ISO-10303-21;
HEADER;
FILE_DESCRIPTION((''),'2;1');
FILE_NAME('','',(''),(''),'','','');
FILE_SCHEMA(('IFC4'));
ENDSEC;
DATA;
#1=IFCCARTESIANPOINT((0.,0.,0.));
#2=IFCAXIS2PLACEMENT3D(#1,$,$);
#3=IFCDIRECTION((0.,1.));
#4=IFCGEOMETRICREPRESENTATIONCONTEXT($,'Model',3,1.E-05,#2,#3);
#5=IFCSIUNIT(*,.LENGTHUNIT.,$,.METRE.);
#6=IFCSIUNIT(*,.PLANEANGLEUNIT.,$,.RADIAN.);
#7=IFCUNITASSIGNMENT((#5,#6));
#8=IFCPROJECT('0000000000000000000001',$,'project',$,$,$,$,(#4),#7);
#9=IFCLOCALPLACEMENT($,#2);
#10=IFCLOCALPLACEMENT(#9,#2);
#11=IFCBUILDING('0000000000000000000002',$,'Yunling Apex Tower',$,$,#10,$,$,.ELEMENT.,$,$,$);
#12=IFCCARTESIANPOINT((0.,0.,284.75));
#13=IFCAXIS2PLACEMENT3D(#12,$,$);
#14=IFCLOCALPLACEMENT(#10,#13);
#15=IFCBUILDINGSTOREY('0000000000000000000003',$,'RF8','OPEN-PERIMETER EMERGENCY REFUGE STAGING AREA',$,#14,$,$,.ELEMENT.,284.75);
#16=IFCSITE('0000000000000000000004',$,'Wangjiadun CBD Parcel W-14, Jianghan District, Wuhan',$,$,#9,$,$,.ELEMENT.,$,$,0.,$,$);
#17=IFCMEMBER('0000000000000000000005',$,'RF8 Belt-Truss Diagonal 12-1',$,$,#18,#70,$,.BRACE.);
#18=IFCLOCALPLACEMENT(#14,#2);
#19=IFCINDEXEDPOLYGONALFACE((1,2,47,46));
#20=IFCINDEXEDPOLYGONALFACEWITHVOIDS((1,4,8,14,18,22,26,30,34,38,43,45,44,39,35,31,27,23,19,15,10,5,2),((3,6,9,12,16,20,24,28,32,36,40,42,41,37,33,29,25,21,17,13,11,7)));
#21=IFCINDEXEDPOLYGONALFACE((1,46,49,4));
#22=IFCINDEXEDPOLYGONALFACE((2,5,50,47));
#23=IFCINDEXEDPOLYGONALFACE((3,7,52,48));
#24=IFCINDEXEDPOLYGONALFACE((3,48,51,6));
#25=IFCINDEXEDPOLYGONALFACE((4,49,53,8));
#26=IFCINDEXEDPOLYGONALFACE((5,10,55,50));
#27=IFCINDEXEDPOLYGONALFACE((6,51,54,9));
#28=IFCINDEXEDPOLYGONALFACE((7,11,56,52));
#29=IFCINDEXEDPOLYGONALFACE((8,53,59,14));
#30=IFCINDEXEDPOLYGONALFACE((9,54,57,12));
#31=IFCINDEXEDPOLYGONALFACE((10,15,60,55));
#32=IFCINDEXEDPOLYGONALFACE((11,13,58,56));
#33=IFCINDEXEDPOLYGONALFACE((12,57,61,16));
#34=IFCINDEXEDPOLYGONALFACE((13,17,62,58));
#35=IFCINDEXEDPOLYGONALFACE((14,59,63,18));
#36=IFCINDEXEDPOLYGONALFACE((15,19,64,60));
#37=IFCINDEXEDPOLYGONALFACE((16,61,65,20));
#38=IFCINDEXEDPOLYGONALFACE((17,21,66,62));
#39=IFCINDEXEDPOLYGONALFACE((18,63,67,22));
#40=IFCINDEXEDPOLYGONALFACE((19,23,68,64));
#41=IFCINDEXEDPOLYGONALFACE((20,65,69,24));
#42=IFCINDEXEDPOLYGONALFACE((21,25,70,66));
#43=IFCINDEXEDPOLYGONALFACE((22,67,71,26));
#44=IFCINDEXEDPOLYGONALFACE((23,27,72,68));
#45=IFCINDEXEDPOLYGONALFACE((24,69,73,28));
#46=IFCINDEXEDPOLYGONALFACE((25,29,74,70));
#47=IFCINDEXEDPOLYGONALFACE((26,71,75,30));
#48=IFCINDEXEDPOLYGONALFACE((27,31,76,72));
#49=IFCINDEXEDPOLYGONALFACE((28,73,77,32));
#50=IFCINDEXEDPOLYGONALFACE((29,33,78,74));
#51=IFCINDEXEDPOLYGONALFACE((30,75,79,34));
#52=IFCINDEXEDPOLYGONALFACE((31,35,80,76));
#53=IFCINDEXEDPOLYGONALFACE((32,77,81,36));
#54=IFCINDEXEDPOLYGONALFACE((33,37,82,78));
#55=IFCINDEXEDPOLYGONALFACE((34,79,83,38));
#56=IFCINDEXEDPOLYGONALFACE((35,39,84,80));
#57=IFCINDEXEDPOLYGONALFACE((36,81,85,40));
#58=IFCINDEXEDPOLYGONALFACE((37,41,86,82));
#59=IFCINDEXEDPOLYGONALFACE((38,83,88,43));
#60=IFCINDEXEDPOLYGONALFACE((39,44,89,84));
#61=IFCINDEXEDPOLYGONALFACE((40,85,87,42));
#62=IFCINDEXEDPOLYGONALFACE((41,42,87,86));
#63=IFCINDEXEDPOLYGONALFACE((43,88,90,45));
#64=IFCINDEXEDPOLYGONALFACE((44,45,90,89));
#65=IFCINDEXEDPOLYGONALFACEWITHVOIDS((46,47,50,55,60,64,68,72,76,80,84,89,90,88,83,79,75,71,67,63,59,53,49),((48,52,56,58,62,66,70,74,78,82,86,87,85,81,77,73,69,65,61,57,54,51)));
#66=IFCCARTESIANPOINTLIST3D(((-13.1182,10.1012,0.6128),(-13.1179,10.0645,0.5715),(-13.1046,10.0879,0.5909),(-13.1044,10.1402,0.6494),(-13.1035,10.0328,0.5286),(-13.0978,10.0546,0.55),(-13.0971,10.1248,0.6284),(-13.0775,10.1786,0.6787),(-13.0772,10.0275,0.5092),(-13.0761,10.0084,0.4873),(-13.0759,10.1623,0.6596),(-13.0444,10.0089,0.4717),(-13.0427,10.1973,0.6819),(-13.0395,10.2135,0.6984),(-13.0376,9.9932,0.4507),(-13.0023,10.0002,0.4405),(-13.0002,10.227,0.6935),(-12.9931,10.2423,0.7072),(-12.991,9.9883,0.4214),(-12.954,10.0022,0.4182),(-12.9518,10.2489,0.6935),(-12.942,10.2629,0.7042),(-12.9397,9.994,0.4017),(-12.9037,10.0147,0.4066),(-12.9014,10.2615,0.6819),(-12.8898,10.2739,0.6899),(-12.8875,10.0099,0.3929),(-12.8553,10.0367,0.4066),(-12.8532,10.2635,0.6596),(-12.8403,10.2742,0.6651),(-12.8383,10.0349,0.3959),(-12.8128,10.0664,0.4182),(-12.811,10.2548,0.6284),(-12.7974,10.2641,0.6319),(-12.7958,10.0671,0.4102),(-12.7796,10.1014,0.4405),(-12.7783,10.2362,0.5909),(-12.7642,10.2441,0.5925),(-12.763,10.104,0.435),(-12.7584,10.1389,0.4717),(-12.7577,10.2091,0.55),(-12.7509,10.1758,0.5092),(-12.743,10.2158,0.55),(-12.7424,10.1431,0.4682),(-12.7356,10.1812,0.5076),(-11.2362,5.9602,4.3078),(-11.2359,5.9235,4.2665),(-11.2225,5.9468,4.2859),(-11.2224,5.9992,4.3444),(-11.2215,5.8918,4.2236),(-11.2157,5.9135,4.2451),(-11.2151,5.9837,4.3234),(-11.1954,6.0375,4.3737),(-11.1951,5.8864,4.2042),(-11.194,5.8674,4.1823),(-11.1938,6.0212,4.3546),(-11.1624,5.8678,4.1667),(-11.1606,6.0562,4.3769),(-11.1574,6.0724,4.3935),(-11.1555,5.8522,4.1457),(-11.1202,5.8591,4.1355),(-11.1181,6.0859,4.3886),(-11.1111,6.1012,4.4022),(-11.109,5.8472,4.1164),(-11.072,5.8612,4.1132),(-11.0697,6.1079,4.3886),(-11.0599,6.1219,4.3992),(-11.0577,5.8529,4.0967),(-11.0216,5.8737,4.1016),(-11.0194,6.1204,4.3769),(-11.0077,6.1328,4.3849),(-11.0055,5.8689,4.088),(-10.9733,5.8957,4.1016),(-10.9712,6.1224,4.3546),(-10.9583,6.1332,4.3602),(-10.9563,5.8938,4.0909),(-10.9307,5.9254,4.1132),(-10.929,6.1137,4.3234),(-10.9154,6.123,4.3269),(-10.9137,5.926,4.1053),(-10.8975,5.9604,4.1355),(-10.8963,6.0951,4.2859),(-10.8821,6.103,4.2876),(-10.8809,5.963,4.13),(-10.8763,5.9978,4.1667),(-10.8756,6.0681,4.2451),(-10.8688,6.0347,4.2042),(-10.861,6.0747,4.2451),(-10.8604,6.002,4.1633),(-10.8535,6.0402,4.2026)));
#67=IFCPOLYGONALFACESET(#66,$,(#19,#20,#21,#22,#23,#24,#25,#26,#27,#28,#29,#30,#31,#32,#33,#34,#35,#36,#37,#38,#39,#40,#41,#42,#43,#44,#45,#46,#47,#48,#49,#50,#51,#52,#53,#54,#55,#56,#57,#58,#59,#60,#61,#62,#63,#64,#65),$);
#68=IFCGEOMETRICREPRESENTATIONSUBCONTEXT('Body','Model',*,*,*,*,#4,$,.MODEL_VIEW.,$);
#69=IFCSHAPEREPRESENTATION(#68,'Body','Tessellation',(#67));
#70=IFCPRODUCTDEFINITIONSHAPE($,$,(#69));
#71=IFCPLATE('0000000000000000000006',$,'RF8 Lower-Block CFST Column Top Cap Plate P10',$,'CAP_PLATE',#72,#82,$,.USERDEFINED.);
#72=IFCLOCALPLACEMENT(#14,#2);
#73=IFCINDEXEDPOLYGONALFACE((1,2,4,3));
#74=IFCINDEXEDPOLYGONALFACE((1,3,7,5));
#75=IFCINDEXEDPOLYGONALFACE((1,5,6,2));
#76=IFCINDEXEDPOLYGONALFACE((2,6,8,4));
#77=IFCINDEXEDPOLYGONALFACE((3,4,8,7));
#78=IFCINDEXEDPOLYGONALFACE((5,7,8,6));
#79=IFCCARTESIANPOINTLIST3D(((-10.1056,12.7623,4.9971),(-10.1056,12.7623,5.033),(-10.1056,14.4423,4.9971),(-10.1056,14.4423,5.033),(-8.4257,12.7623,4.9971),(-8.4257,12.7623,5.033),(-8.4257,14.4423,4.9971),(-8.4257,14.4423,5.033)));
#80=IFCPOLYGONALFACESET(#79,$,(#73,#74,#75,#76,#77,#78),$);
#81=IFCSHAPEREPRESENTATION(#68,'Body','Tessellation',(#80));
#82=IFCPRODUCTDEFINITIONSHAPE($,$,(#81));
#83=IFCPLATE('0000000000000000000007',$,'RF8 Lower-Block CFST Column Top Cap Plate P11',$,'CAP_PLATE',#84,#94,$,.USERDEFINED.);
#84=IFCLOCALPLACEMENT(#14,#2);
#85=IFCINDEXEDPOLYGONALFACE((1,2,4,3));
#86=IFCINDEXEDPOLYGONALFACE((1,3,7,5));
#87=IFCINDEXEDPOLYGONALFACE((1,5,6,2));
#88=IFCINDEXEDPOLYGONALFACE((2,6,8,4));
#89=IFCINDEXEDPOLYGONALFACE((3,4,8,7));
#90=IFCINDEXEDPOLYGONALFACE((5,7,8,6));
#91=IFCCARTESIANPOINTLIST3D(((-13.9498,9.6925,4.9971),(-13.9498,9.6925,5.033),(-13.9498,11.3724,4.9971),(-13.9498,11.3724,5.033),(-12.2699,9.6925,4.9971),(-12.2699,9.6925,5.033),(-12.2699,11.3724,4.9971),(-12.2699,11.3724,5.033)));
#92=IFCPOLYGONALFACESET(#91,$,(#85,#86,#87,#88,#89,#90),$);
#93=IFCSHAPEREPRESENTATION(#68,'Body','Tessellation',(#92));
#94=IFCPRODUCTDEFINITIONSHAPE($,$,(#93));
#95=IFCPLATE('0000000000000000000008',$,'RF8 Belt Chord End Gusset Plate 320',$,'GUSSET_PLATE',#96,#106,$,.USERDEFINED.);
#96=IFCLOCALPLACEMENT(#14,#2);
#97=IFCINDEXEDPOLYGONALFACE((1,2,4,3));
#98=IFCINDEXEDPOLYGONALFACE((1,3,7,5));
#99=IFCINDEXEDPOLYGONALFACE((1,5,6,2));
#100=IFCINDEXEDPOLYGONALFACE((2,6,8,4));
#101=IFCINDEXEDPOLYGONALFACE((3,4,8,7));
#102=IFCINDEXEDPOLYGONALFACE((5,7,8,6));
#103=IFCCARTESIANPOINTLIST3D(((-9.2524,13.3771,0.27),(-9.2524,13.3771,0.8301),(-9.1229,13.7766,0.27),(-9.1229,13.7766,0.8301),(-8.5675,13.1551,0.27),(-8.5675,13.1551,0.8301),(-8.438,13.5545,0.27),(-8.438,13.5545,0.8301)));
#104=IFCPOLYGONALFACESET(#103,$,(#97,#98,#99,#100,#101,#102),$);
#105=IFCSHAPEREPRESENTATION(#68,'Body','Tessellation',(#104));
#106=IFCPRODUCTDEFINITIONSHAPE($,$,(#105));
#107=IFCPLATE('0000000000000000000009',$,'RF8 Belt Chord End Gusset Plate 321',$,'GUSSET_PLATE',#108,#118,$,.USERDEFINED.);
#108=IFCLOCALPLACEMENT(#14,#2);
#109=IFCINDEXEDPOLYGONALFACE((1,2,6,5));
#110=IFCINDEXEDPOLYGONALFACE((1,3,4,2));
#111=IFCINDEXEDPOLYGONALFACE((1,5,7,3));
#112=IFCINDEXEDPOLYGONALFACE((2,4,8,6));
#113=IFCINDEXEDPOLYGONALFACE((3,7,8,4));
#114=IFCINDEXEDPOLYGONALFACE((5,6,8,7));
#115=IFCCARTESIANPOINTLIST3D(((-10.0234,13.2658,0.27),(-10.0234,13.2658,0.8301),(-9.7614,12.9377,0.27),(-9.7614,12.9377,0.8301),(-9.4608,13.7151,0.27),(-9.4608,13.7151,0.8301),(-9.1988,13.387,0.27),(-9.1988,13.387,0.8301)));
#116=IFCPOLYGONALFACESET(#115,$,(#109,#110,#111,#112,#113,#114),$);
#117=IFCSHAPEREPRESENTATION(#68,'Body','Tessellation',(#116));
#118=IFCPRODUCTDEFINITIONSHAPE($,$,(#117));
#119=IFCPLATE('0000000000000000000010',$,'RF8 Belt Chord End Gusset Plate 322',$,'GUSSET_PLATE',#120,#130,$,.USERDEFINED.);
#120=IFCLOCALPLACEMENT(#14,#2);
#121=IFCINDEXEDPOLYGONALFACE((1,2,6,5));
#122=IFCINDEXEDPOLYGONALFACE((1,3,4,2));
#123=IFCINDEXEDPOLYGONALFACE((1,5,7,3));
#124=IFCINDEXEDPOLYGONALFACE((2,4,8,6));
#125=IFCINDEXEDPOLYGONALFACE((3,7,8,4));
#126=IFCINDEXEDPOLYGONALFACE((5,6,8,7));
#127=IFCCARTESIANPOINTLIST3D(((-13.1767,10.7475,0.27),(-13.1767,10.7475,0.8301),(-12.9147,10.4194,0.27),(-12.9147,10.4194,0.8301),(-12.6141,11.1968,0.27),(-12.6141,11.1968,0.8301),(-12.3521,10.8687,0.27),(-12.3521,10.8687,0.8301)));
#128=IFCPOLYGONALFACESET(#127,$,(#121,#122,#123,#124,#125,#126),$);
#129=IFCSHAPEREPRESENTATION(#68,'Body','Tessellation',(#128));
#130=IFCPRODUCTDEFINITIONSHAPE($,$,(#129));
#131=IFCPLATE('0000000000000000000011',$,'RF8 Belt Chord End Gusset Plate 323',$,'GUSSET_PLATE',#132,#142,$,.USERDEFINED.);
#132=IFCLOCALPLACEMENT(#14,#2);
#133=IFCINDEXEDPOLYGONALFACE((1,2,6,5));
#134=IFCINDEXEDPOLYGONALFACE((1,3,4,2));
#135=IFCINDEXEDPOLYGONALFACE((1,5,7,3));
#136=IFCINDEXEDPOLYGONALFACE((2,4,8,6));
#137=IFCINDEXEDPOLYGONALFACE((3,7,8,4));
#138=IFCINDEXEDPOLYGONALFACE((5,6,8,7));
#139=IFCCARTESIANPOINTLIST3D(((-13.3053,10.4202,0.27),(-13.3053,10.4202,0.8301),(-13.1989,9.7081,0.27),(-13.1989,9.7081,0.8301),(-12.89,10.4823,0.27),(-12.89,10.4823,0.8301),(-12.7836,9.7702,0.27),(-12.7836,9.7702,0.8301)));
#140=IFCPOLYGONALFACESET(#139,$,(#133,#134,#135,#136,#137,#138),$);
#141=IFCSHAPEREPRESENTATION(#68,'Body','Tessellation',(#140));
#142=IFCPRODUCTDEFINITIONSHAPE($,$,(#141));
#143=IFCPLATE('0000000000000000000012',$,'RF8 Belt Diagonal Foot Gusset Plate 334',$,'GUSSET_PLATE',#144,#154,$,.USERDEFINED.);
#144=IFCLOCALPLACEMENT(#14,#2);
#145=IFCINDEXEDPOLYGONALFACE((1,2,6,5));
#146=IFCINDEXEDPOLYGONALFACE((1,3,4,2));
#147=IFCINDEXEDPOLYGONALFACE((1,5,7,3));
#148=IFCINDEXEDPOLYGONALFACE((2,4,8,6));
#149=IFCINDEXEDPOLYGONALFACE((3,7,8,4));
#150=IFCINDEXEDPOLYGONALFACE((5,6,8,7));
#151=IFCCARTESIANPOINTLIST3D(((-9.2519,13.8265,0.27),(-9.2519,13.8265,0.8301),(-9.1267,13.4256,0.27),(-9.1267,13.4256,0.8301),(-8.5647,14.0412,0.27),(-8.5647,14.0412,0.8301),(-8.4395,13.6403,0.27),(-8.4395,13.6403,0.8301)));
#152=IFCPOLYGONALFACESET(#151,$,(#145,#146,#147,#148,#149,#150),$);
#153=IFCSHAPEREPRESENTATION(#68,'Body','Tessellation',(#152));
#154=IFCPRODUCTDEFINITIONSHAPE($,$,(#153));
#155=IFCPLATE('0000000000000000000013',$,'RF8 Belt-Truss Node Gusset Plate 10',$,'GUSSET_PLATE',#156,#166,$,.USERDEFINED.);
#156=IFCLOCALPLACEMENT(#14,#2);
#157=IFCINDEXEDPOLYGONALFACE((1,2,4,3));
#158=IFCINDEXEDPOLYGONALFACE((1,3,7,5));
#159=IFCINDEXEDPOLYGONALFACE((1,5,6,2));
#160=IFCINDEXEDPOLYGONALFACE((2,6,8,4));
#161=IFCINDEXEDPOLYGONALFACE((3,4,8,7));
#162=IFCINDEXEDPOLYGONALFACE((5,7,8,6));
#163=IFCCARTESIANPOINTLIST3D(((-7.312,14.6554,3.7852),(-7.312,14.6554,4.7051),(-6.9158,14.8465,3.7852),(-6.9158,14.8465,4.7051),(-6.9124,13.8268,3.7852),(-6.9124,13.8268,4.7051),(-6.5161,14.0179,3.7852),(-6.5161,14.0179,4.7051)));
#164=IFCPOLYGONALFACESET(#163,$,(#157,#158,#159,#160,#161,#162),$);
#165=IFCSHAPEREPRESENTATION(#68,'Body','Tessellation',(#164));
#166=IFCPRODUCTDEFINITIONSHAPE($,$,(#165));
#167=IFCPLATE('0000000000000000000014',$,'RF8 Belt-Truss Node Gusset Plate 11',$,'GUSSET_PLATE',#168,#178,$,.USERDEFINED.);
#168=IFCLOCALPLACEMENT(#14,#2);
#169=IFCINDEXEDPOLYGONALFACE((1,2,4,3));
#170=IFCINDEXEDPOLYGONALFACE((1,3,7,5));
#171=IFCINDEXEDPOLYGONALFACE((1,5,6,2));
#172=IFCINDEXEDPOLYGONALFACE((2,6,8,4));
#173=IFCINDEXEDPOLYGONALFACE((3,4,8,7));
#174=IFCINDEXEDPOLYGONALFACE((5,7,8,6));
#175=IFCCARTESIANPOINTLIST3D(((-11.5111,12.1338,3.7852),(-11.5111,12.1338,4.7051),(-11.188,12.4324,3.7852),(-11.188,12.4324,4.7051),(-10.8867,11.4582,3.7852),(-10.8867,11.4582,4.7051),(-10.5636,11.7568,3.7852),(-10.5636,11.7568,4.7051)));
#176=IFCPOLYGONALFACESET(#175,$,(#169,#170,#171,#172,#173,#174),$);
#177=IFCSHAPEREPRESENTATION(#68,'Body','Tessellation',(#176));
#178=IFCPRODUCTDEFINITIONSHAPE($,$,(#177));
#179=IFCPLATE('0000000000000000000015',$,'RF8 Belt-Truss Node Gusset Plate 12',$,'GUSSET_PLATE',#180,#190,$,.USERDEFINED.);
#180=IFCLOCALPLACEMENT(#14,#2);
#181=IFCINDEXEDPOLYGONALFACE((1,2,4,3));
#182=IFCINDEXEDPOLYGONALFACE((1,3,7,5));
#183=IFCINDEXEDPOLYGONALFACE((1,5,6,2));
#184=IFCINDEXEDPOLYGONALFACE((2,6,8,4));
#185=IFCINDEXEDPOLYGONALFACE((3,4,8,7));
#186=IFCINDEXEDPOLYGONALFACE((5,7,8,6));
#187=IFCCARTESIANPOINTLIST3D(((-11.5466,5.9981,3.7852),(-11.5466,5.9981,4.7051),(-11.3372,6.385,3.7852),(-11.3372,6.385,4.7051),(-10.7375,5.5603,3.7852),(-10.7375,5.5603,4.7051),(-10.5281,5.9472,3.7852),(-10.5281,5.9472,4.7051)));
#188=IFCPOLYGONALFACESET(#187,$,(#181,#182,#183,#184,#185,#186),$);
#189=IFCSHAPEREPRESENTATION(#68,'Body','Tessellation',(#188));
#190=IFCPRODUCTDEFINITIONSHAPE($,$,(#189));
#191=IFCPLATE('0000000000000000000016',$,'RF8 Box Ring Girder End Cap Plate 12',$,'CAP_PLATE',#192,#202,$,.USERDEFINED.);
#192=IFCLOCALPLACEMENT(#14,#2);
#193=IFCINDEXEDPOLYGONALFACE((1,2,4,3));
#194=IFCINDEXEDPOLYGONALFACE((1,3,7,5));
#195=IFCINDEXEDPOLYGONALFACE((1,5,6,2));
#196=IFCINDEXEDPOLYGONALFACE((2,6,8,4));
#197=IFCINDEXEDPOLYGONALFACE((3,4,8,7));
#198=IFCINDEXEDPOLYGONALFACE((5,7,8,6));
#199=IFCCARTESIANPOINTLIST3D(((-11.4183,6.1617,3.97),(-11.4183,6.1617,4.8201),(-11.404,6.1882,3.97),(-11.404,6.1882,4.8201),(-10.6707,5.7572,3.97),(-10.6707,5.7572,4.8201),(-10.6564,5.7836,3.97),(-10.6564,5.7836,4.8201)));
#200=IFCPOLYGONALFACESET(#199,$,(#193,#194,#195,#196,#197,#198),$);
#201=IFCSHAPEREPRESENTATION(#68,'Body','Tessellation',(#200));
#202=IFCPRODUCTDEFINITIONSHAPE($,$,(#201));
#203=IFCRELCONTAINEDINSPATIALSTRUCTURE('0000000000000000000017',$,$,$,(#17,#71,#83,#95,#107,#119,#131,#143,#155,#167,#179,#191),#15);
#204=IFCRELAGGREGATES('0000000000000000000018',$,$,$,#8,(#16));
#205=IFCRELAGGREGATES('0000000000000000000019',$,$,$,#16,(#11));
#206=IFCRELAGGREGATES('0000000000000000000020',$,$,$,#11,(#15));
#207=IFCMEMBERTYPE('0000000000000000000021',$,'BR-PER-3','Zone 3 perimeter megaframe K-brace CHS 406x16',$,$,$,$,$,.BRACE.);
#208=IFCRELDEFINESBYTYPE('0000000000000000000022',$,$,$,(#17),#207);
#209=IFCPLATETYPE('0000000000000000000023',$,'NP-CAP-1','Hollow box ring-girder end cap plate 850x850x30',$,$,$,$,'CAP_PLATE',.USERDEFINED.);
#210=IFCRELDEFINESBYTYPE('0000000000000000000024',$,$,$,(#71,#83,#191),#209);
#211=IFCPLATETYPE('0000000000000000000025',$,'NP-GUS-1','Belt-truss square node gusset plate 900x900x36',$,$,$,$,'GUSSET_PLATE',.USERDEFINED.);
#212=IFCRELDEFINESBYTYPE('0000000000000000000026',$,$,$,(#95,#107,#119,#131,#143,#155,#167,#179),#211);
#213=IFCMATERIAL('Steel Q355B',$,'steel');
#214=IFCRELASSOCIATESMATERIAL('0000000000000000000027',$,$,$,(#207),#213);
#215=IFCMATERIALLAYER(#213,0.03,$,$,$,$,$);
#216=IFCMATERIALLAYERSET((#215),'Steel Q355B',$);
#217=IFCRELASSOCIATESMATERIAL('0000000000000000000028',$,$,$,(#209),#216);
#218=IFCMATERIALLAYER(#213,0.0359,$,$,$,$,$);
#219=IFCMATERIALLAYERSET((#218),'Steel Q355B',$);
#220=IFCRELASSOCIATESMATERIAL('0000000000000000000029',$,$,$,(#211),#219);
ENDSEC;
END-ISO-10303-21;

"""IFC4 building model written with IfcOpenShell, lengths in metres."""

from ifc_helpers import new_model, si_unit, direction, frame, origin, origin_2d, place, context, subcontext, project, spatial, rectangle, hollow_circle, extrude, source, transform, mapped, material, layer, layer_set, material_profile, profile_set, type_object, element, save


model = new_model("IFC4")

# Units and contexts
model_context = context("Model", 3, precision=1e-05, world=origin(), true_north=direction((0.0, 1.0)))
body_context = subcontext(model_context, "Body", "Model", "MODEL_VIEW")
ifc_project = project(units=[si_unit("LENGTHUNIT", "METRE"), si_unit("PLANEANGLEUNIT", "RADIAN")], contexts=[model_context])

# Site, building, storey
site_placement = place(None, origin())
site = spatial("IfcSite", under=ifc_project, at=site_placement, Name="Wangjiadun CBD Parcel W-14, Jianghan District, Wuhan", CompositionType="ELEMENT", RefElevation=0.0)
building_placement = place(site_placement, origin())
building = spatial("IfcBuilding", under=site, at=building_placement, Name="Yunling Apex Tower", CompositionType="ELEMENT")
storey_placement = place(building_placement, frame((0.0, 0.0, 284.75)))
storey = spatial("IfcBuildingStorey", under=building, at=storey_placement, Name="RF8", Description="OPEN-PERIMETER EMERGENCY REFUGE STAGING AREA", CompositionType="ELEMENT", Elevation=284.75)

# Shared definitions
ifc_material_1 = material(Name="Steel Q355B", Category="steel")

# Member
ifc_material_profile_1 = material_profile(ifc_material_1, hollow_circle(Radius=0.2029, WallThickness=0.0161, at=origin_2d()))
ifc_profile_set_1 = profile_set([ifc_material_profile_1], Name="Steel Q355B")
member_type_1 = type_object("IfcMemberType", Name="BR-PER-3", Description="Zone 3 perimeter megaframe K-brace CHS 406x16", PredefinedType="BRACE", material=ifc_profile_set_1)
shared_shape_1 = source(origin(), body_context, "Body", "SweptSolid", [
    extrude(hollow_circle(Radius=0.2029, WallThickness=0.0161, at=origin_2d()), origin(), (0.0, 0.0, 1.0), 5.8604),
])
member_1_placement = place(storey_placement, frame((-12.9277, 10.1318, 0.55), z_axis=(0.321151, -0.706623, 0.630512), x_axis=(0.910387, 0.413758, 0.0)))
element("IfcMember", 1, at=member_1_placement, inside=storey, type_object=member_type_1, Name="RF8 Belt-Truss Diagonal 12-1", PredefinedType="BRACE", context=body_context, shape_type="MappedRepresentation", body=[
    mapped(shared_shape_1, transform((0.0, 0.0, 0.0), scale=1.0)),
])

# Plates
ifc_layer_1 = layer(ifc_material_1, 0.03)
ifc_layer_set_1 = layer_set([ifc_layer_1], Name="Steel Q355B")
plate_type_1 = type_object("IfcPlateType", Name="NP-CAP-1", Description="Hollow box ring-girder end cap plate 850x850x30", ElementType="CAP_PLATE", PredefinedType="USERDEFINED", material=ifc_layer_set_1)
shared_shape_2 = source(origin(), body_context, "Body", "SweptSolid", [
    extrude(rectangle(XDim=1.6799, YDim=1.6799, at=origin_2d()), origin(), (0.0, 0.0, 1.0), 0.0359),
])
for number, where, z_axis, x_axis, name in (
    (2, (-9.2656, 13.6023, 4.9971), (0.0, 0.0, 1.0), (1.0, 0.0, 0.0), "RF8 Lower-Block CFST Column Top Cap Plate P10"),
    (3, (-13.1099, 10.5325, 4.9971), (0.0, 0.0, 1.0), (1.0, 0.0, 0.0), "RF8 Lower-Block CFST Column Top Cap Plate P11"),
):
    element("IfcPlate", number, at=place(storey_placement, frame(where, z_axis=z_axis, x_axis=x_axis)), inside=storey, type_object=plate_type_1, Name=name, ObjectType="CAP_PLATE", PredefinedType="USERDEFINED", context=body_context, shape_type="MappedRepresentation", body=[
        mapped(shared_shape_2, transform((0.0, 0.0, 0.0), scale=1.0)),
    ])
ifc_layer_2 = layer(ifc_material_1, 0.0359)
ifc_layer_set_2 = layer_set([ifc_layer_2], Name="Steel Q355B")
plate_type_2 = type_object("IfcPlateType", Name="NP-GUS-1", Description="Belt-truss square node gusset plate 900x900x36", ElementType="GUSSET_PLATE", PredefinedType="USERDEFINED", material=ifc_layer_set_2)
shared_shape_3 = source(origin(), body_context, "Body", "SweptSolid", [
    extrude(rectangle(XDim=0.72, YDim=0.4199, at=origin_2d()), origin(), (0.0, 0.0, 1.0), 0.5601),
])
for number, where, z_axis, x_axis, name in (
    (4, (-8.8452, 13.4658, 0.27), (0.0, 0.0, 1.0), (-0.951272, 0.308353, 0.0), "RF8 Belt Chord End Gusset Plate 320"),
    (5, (-9.6111, 13.3264, 0.27), (0.0, 0.0, 1.0), (-0.781412, -0.624016, 0.0), "RF8 Belt Chord End Gusset Plate 321"),
    (6, (-12.7644, 10.8081, 0.27), (0.0, 0.0, 1.0), (-0.781412, -0.624016, 0.0), "RF8 Belt Chord End Gusset Plate 322"),
    (7, (-13.0444, 10.0952, 0.27), (0.0, 0.0, 1.0), (0.147809, -0.989016, 0.0), "RF8 Belt Chord End Gusset Plate 323"),
    (8, (-8.8457, 13.7334, 0.27), (0.0, 0.0, 1.0), (0.954501, 0.298208, 0.0), "RF8 Belt Diagonal Foot Gusset Plate 334"),
):
    element("IfcPlate", number, at=place(storey_placement, frame(where, z_axis=z_axis, x_axis=x_axis)), inside=storey, type_object=plate_type_2, Name=name, ObjectType="GUSSET_PLATE", PredefinedType="USERDEFINED", context=body_context, shape_type="MappedRepresentation", body=[
        mapped(shared_shape_3, transform((0.0, 0.0, 0.0), scale=1.0)),
    ])
shared_shape_4 = source(origin(), body_context, "Body", "SweptSolid", [
    extrude(rectangle(XDim=0.9199, YDim=0.4399, at=origin_2d()), origin(), (0.0, 0.0, 1.0), 0.9199),
])
for number, where, z_axis, x_axis, name in (
    (9, (-6.9141, 14.3367, 3.7852), (0.0, 0.0, 1.0), (-0.434445, 0.900698, 0.0), "RF8 Belt-Truss Node Gusset Plate 10"),
    (10, (-11.0374, 11.9453, 3.7852), (0.0, 0.0, 1.0), (-0.678673, 0.734441, 0.0), "RF8 Belt-Truss Node Gusset Plate 11"),
    (11, (-11.0374, 5.9727, 3.7852), (0.0, 0.0, 1.0), (-0.879482, 0.475931, 0.0), "RF8 Belt-Truss Node Gusset Plate 12"),
):
    element("IfcPlate", number, at=place(storey_placement, frame(where, z_axis=z_axis, x_axis=x_axis)), inside=storey, type_object=plate_type_2, Name=name, ObjectType="GUSSET_PLATE", PredefinedType="USERDEFINED", context=body_context, shape_type="MappedRepresentation", body=[
        mapped(shared_shape_4, transform((0.0, 0.0, 0.0), scale=1.0)),
    ])
shared_shape_5 = source(origin(), body_context, "Body", "SweptSolid", [
    extrude(rectangle(XDim=0.8501, YDim=0.03, at=origin_2d()), origin(), (0.0, 0.0, 1.0), 0.8501),
])
plate_placement = place(storey_placement, frame((-11.0374, 5.9727, 3.97), z_axis=(0.0, 0.0, 1.0), x_axis=(-0.879482, 0.475931, 0.0)))
element("IfcPlate", 12, at=plate_placement, inside=storey, type_object=plate_type_1, Name="RF8 Box Ring Girder End Cap Plate 12", ObjectType="CAP_PLATE", PredefinedType="USERDEFINED", context=body_context, shape_type="MappedRepresentation", body=[
    mapped(shared_shape_5, transform((0.0, 0.0, 0.0), scale=1.0)),
])

save(model, "model.ifc")
